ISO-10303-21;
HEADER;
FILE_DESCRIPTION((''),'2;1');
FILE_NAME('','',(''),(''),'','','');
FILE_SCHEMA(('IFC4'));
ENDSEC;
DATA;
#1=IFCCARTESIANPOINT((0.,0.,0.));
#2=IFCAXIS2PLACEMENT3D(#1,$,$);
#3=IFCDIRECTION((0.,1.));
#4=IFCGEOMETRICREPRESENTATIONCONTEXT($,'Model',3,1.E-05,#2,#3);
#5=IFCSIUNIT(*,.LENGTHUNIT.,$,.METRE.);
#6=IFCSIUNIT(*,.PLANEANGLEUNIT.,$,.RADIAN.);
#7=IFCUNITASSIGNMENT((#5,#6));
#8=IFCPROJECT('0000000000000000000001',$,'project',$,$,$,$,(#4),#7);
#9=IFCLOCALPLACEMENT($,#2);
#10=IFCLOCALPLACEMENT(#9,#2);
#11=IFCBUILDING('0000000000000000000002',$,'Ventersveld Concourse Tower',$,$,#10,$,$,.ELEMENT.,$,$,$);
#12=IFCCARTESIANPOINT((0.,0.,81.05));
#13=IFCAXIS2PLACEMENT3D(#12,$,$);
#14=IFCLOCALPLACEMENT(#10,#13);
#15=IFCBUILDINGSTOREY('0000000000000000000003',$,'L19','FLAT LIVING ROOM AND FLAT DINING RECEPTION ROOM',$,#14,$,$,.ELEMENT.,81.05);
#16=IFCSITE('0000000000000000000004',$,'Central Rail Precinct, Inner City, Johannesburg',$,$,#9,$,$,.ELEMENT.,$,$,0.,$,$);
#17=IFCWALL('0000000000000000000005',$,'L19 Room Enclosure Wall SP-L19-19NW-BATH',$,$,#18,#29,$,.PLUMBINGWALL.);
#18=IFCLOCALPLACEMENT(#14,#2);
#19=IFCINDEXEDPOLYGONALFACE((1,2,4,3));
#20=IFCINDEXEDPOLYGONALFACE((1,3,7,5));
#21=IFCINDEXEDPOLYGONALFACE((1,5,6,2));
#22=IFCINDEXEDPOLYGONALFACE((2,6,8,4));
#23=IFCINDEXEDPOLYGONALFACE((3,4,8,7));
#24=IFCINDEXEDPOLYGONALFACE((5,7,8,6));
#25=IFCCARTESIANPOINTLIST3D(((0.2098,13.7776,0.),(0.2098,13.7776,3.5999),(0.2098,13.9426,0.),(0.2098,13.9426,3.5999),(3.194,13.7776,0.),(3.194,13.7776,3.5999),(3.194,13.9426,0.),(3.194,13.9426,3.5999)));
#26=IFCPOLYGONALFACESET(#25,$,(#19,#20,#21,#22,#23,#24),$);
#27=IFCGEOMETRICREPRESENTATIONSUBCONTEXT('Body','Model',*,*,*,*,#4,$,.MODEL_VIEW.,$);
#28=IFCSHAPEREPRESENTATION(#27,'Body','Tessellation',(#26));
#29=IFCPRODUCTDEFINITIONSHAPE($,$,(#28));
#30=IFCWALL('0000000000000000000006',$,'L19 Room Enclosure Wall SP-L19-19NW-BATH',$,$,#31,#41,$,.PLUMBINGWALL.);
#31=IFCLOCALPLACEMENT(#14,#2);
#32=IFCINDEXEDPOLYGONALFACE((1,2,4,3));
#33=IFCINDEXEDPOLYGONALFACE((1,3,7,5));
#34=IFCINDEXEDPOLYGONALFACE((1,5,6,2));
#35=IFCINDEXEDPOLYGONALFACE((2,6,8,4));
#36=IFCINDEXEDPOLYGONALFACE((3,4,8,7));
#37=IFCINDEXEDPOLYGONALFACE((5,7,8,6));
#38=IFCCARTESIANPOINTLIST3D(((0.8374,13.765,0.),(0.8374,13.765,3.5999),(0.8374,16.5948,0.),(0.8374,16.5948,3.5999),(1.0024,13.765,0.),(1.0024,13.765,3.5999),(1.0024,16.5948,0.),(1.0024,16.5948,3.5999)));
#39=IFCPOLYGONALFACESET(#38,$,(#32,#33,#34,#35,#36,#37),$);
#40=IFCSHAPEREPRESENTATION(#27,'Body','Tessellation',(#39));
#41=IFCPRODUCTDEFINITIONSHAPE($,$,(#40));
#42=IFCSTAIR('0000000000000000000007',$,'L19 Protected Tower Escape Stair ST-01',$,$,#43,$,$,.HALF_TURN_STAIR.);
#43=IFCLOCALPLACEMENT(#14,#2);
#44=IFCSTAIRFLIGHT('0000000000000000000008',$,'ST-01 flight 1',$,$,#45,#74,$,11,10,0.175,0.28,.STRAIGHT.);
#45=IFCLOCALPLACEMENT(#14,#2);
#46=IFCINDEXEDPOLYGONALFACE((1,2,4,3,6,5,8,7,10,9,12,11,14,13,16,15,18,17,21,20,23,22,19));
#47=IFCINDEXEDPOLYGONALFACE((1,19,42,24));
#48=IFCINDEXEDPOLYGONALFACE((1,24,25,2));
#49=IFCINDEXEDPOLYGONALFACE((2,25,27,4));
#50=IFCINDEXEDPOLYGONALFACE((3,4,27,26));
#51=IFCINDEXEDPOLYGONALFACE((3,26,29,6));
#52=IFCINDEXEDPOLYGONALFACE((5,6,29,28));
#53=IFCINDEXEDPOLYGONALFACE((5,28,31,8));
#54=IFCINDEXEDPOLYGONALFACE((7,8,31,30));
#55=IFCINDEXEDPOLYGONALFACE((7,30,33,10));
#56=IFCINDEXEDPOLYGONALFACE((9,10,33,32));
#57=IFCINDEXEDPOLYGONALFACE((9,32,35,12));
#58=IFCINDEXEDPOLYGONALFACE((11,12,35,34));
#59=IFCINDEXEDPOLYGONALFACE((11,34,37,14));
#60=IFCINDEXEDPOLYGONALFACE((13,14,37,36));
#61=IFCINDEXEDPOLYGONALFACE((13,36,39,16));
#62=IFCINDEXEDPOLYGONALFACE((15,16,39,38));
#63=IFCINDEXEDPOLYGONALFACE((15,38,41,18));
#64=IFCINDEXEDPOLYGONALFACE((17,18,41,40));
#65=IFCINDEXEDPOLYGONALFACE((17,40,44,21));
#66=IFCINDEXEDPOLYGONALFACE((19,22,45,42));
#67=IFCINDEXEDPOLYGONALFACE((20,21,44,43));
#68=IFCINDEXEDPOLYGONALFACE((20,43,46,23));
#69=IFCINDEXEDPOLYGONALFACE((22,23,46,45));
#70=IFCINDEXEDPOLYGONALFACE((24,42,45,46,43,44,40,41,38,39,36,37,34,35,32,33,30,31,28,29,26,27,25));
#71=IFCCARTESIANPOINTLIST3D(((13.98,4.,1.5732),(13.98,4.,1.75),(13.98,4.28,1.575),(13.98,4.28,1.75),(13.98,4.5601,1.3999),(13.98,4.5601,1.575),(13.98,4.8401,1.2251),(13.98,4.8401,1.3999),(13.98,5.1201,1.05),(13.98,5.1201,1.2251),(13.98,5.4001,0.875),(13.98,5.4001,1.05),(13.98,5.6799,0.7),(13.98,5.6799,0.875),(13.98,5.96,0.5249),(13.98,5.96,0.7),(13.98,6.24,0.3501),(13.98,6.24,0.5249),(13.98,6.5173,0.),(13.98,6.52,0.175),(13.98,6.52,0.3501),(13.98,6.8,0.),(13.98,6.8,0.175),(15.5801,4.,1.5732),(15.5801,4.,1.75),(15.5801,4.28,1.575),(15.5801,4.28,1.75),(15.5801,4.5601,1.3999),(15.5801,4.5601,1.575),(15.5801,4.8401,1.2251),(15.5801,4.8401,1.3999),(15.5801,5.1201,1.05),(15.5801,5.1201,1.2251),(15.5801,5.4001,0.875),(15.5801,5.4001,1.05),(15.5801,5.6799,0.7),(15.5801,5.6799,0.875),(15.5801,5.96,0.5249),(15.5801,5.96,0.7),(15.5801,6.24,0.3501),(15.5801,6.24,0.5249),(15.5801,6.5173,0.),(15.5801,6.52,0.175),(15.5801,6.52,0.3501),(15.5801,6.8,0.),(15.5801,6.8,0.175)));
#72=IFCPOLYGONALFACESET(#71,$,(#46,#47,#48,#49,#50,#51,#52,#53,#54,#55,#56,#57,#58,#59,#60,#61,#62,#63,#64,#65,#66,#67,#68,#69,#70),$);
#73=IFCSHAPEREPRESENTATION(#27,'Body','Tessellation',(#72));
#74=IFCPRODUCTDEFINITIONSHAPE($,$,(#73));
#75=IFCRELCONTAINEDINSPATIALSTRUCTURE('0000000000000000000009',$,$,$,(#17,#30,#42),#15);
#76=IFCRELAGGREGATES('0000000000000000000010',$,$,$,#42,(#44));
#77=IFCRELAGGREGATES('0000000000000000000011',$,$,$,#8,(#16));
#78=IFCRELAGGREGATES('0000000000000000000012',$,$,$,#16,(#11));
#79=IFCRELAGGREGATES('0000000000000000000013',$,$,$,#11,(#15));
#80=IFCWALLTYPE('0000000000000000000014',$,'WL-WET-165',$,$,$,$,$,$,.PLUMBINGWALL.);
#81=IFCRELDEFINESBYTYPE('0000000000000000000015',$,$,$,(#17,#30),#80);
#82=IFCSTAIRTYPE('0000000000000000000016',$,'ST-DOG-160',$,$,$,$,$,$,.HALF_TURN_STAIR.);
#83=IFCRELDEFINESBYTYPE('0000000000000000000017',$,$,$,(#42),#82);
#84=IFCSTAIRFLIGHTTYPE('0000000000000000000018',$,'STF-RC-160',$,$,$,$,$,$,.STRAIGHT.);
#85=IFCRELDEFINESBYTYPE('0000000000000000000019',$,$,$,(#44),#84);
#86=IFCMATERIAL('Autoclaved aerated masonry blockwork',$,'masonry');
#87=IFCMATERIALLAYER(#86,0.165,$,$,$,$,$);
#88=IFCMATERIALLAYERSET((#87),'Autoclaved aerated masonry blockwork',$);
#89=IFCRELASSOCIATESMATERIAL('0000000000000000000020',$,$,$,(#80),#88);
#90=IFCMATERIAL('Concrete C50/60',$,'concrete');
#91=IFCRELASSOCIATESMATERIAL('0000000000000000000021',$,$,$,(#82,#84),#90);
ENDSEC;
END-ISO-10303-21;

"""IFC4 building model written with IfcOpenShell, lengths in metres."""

from ifc_helpers import new_model, si_unit, direction, frame, frame_2d, origin, place, context, subcontext, project, spatial, polyline, rectangle, outline, extrude, material, layer, layer_set, type_object, element, aggregate, save


model = new_model("IFC4")

# Units and contexts
model_context = context("Model", 3, precision=1e-05, world=origin(), true_north=direction((0.0, 1.0)))
body_context = subcontext(model_context, "Body", "Model", "MODEL_VIEW")
ifc_project = project(units=[si_unit("LENGTHUNIT", "METRE"), si_unit("PLANEANGLEUNIT", "RADIAN")], contexts=[model_context])

# Site, building, storey
site_placement = place(None, origin())
site = spatial("IfcSite", under=ifc_project, at=site_placement, Name="Central Rail Precinct, Inner City, Johannesburg", CompositionType="ELEMENT", RefElevation=0.0)
building_placement = place(site_placement, origin())
building = spatial("IfcBuilding", under=site, at=building_placement, Name="Ventersveld Concourse Tower", CompositionType="ELEMENT")
storey_placement = place(building_placement, frame((0.0, 0.0, 81.05)))
storey = spatial("IfcBuildingStorey", under=building, at=storey_placement, Name="L19", Description="FLAT LIVING ROOM AND FLAT DINING RECEPTION ROOM", CompositionType="ELEMENT", Elevation=81.05)

# Shared definitions
ifc_material_1 = material(Name="Concrete C50/60", Category="concrete")

# Shared definitions
ifc_material_2 = material(Name="Autoclaved aerated masonry blockwork", Category="masonry")
ifc_layer_1 = layer(ifc_material_2, 0.165)
ifc_layer_set_1 = layer_set([ifc_layer_1], Name="Autoclaved aerated masonry blockwork")
wall_type_1 = type_object("IfcWallType", Name="WL-WET-165", PredefinedType="PLUMBINGWALL", material=ifc_layer_set_1)

# Walls
wall_1_placement = place(storey_placement, frame((3.1941, 13.8601, 0.0), z_axis=(0.0, 0.0, 1.0), x_axis=(-1.0, 0.0, 0.0)))
element("IfcWall", 1, at=wall_1_placement, inside=storey, type_object=wall_type_1, Name="L19 Room Enclosure Wall SP-L19-19NW-BATH", PredefinedType="PLUMBINGWALL", context=body_context, shape_type="SweptSolid", body=[
    extrude(rectangle(XDim=2.9841, YDim=0.165, at=frame_2d((1.4922, 0.0))), origin(), (0.0, 0.0, 1.0), 3.5999),
])
wall_2_placement = place(storey_placement, frame((0.9199, 13.7649, 0.0), z_axis=(0.0, 0.0, 1.0), x_axis=(0.0, 1.0, 0.0)))
element("IfcWall", 2, at=wall_2_placement, inside=storey, type_object=wall_type_1, Name="L19 Room Enclosure Wall SP-L19-19NW-BATH", PredefinedType="PLUMBINGWALL", context=body_context, shape_type="SweptSolid", body=[
    extrude(rectangle(XDim=2.8298, YDim=0.165, at=frame_2d((1.415, 0.0))), origin(), (0.0, 0.0, 1.0), 3.5999),
])

# Stair, stair flight
stair_type = type_object("IfcStairType", Name="ST-DOG-160", PredefinedType="HALF_TURN_STAIR", material=ifc_material_1)
stair_placement = place(storey_placement, origin())
stair = element("IfcStair", 3, at=stair_placement, inside=storey, type_object=stair_type, Name="L19 Protected Tower Escape Stair ST-01", PredefinedType="HALF_TURN_STAIR")
stair_flight_type = type_object("IfcStairFlightType", Name="STF-RC-160", PredefinedType="STRAIGHT", material=ifc_material_1)
stair_flight_placement = place(storey_placement, frame((14.78, 6.8, 0.0), z_axis=(0.0, 0.0, 1.0), x_axis=(0.0, -1.0, 0.0)))
stair_flight = element("IfcStairFlight", 4, at=stair_flight_placement, type_object=stair_flight_type, Name="ST-01 flight 1", NumberOfRisers=11, NumberOfTreads=10, PredefinedType="STRAIGHT", RiserHeight=0.175, TreadLength=0.28, context=body_context, shape_type="SweptSolid", body=[
    extrude(outline(polyline([(0.0, 0.0), (0.0, 0.175), (0.28, 0.175), (0.28, 0.3501), (0.5601, 0.3501), (0.5601, 0.5249), (0.8401, 0.5249), (0.8401, 0.7), (1.1201, 0.7), (1.1201, 0.875), (1.3999, 0.875), (1.3999, 1.05), (1.6799, 1.05), (1.6799, 1.2251), (1.96, 1.2251), (1.96, 1.3999), (2.24, 1.3999), (2.24, 1.575), (2.52, 1.575), (2.52, 1.75), (2.8, 1.75), (2.8, 1.925), (2.8, 1.5732), (0.2827, 0.0), (0.0, 0.0)])), frame((0.0, 0.8, 0.0), z_axis=(0.0, -1.0, 0.0), x_axis=(1.0, 0.0, 0.0)), (0.0, 0.0, 1.0), 1.6001),
])
aggregate(stair, [stair_flight])

save(model, "model.ifc")
